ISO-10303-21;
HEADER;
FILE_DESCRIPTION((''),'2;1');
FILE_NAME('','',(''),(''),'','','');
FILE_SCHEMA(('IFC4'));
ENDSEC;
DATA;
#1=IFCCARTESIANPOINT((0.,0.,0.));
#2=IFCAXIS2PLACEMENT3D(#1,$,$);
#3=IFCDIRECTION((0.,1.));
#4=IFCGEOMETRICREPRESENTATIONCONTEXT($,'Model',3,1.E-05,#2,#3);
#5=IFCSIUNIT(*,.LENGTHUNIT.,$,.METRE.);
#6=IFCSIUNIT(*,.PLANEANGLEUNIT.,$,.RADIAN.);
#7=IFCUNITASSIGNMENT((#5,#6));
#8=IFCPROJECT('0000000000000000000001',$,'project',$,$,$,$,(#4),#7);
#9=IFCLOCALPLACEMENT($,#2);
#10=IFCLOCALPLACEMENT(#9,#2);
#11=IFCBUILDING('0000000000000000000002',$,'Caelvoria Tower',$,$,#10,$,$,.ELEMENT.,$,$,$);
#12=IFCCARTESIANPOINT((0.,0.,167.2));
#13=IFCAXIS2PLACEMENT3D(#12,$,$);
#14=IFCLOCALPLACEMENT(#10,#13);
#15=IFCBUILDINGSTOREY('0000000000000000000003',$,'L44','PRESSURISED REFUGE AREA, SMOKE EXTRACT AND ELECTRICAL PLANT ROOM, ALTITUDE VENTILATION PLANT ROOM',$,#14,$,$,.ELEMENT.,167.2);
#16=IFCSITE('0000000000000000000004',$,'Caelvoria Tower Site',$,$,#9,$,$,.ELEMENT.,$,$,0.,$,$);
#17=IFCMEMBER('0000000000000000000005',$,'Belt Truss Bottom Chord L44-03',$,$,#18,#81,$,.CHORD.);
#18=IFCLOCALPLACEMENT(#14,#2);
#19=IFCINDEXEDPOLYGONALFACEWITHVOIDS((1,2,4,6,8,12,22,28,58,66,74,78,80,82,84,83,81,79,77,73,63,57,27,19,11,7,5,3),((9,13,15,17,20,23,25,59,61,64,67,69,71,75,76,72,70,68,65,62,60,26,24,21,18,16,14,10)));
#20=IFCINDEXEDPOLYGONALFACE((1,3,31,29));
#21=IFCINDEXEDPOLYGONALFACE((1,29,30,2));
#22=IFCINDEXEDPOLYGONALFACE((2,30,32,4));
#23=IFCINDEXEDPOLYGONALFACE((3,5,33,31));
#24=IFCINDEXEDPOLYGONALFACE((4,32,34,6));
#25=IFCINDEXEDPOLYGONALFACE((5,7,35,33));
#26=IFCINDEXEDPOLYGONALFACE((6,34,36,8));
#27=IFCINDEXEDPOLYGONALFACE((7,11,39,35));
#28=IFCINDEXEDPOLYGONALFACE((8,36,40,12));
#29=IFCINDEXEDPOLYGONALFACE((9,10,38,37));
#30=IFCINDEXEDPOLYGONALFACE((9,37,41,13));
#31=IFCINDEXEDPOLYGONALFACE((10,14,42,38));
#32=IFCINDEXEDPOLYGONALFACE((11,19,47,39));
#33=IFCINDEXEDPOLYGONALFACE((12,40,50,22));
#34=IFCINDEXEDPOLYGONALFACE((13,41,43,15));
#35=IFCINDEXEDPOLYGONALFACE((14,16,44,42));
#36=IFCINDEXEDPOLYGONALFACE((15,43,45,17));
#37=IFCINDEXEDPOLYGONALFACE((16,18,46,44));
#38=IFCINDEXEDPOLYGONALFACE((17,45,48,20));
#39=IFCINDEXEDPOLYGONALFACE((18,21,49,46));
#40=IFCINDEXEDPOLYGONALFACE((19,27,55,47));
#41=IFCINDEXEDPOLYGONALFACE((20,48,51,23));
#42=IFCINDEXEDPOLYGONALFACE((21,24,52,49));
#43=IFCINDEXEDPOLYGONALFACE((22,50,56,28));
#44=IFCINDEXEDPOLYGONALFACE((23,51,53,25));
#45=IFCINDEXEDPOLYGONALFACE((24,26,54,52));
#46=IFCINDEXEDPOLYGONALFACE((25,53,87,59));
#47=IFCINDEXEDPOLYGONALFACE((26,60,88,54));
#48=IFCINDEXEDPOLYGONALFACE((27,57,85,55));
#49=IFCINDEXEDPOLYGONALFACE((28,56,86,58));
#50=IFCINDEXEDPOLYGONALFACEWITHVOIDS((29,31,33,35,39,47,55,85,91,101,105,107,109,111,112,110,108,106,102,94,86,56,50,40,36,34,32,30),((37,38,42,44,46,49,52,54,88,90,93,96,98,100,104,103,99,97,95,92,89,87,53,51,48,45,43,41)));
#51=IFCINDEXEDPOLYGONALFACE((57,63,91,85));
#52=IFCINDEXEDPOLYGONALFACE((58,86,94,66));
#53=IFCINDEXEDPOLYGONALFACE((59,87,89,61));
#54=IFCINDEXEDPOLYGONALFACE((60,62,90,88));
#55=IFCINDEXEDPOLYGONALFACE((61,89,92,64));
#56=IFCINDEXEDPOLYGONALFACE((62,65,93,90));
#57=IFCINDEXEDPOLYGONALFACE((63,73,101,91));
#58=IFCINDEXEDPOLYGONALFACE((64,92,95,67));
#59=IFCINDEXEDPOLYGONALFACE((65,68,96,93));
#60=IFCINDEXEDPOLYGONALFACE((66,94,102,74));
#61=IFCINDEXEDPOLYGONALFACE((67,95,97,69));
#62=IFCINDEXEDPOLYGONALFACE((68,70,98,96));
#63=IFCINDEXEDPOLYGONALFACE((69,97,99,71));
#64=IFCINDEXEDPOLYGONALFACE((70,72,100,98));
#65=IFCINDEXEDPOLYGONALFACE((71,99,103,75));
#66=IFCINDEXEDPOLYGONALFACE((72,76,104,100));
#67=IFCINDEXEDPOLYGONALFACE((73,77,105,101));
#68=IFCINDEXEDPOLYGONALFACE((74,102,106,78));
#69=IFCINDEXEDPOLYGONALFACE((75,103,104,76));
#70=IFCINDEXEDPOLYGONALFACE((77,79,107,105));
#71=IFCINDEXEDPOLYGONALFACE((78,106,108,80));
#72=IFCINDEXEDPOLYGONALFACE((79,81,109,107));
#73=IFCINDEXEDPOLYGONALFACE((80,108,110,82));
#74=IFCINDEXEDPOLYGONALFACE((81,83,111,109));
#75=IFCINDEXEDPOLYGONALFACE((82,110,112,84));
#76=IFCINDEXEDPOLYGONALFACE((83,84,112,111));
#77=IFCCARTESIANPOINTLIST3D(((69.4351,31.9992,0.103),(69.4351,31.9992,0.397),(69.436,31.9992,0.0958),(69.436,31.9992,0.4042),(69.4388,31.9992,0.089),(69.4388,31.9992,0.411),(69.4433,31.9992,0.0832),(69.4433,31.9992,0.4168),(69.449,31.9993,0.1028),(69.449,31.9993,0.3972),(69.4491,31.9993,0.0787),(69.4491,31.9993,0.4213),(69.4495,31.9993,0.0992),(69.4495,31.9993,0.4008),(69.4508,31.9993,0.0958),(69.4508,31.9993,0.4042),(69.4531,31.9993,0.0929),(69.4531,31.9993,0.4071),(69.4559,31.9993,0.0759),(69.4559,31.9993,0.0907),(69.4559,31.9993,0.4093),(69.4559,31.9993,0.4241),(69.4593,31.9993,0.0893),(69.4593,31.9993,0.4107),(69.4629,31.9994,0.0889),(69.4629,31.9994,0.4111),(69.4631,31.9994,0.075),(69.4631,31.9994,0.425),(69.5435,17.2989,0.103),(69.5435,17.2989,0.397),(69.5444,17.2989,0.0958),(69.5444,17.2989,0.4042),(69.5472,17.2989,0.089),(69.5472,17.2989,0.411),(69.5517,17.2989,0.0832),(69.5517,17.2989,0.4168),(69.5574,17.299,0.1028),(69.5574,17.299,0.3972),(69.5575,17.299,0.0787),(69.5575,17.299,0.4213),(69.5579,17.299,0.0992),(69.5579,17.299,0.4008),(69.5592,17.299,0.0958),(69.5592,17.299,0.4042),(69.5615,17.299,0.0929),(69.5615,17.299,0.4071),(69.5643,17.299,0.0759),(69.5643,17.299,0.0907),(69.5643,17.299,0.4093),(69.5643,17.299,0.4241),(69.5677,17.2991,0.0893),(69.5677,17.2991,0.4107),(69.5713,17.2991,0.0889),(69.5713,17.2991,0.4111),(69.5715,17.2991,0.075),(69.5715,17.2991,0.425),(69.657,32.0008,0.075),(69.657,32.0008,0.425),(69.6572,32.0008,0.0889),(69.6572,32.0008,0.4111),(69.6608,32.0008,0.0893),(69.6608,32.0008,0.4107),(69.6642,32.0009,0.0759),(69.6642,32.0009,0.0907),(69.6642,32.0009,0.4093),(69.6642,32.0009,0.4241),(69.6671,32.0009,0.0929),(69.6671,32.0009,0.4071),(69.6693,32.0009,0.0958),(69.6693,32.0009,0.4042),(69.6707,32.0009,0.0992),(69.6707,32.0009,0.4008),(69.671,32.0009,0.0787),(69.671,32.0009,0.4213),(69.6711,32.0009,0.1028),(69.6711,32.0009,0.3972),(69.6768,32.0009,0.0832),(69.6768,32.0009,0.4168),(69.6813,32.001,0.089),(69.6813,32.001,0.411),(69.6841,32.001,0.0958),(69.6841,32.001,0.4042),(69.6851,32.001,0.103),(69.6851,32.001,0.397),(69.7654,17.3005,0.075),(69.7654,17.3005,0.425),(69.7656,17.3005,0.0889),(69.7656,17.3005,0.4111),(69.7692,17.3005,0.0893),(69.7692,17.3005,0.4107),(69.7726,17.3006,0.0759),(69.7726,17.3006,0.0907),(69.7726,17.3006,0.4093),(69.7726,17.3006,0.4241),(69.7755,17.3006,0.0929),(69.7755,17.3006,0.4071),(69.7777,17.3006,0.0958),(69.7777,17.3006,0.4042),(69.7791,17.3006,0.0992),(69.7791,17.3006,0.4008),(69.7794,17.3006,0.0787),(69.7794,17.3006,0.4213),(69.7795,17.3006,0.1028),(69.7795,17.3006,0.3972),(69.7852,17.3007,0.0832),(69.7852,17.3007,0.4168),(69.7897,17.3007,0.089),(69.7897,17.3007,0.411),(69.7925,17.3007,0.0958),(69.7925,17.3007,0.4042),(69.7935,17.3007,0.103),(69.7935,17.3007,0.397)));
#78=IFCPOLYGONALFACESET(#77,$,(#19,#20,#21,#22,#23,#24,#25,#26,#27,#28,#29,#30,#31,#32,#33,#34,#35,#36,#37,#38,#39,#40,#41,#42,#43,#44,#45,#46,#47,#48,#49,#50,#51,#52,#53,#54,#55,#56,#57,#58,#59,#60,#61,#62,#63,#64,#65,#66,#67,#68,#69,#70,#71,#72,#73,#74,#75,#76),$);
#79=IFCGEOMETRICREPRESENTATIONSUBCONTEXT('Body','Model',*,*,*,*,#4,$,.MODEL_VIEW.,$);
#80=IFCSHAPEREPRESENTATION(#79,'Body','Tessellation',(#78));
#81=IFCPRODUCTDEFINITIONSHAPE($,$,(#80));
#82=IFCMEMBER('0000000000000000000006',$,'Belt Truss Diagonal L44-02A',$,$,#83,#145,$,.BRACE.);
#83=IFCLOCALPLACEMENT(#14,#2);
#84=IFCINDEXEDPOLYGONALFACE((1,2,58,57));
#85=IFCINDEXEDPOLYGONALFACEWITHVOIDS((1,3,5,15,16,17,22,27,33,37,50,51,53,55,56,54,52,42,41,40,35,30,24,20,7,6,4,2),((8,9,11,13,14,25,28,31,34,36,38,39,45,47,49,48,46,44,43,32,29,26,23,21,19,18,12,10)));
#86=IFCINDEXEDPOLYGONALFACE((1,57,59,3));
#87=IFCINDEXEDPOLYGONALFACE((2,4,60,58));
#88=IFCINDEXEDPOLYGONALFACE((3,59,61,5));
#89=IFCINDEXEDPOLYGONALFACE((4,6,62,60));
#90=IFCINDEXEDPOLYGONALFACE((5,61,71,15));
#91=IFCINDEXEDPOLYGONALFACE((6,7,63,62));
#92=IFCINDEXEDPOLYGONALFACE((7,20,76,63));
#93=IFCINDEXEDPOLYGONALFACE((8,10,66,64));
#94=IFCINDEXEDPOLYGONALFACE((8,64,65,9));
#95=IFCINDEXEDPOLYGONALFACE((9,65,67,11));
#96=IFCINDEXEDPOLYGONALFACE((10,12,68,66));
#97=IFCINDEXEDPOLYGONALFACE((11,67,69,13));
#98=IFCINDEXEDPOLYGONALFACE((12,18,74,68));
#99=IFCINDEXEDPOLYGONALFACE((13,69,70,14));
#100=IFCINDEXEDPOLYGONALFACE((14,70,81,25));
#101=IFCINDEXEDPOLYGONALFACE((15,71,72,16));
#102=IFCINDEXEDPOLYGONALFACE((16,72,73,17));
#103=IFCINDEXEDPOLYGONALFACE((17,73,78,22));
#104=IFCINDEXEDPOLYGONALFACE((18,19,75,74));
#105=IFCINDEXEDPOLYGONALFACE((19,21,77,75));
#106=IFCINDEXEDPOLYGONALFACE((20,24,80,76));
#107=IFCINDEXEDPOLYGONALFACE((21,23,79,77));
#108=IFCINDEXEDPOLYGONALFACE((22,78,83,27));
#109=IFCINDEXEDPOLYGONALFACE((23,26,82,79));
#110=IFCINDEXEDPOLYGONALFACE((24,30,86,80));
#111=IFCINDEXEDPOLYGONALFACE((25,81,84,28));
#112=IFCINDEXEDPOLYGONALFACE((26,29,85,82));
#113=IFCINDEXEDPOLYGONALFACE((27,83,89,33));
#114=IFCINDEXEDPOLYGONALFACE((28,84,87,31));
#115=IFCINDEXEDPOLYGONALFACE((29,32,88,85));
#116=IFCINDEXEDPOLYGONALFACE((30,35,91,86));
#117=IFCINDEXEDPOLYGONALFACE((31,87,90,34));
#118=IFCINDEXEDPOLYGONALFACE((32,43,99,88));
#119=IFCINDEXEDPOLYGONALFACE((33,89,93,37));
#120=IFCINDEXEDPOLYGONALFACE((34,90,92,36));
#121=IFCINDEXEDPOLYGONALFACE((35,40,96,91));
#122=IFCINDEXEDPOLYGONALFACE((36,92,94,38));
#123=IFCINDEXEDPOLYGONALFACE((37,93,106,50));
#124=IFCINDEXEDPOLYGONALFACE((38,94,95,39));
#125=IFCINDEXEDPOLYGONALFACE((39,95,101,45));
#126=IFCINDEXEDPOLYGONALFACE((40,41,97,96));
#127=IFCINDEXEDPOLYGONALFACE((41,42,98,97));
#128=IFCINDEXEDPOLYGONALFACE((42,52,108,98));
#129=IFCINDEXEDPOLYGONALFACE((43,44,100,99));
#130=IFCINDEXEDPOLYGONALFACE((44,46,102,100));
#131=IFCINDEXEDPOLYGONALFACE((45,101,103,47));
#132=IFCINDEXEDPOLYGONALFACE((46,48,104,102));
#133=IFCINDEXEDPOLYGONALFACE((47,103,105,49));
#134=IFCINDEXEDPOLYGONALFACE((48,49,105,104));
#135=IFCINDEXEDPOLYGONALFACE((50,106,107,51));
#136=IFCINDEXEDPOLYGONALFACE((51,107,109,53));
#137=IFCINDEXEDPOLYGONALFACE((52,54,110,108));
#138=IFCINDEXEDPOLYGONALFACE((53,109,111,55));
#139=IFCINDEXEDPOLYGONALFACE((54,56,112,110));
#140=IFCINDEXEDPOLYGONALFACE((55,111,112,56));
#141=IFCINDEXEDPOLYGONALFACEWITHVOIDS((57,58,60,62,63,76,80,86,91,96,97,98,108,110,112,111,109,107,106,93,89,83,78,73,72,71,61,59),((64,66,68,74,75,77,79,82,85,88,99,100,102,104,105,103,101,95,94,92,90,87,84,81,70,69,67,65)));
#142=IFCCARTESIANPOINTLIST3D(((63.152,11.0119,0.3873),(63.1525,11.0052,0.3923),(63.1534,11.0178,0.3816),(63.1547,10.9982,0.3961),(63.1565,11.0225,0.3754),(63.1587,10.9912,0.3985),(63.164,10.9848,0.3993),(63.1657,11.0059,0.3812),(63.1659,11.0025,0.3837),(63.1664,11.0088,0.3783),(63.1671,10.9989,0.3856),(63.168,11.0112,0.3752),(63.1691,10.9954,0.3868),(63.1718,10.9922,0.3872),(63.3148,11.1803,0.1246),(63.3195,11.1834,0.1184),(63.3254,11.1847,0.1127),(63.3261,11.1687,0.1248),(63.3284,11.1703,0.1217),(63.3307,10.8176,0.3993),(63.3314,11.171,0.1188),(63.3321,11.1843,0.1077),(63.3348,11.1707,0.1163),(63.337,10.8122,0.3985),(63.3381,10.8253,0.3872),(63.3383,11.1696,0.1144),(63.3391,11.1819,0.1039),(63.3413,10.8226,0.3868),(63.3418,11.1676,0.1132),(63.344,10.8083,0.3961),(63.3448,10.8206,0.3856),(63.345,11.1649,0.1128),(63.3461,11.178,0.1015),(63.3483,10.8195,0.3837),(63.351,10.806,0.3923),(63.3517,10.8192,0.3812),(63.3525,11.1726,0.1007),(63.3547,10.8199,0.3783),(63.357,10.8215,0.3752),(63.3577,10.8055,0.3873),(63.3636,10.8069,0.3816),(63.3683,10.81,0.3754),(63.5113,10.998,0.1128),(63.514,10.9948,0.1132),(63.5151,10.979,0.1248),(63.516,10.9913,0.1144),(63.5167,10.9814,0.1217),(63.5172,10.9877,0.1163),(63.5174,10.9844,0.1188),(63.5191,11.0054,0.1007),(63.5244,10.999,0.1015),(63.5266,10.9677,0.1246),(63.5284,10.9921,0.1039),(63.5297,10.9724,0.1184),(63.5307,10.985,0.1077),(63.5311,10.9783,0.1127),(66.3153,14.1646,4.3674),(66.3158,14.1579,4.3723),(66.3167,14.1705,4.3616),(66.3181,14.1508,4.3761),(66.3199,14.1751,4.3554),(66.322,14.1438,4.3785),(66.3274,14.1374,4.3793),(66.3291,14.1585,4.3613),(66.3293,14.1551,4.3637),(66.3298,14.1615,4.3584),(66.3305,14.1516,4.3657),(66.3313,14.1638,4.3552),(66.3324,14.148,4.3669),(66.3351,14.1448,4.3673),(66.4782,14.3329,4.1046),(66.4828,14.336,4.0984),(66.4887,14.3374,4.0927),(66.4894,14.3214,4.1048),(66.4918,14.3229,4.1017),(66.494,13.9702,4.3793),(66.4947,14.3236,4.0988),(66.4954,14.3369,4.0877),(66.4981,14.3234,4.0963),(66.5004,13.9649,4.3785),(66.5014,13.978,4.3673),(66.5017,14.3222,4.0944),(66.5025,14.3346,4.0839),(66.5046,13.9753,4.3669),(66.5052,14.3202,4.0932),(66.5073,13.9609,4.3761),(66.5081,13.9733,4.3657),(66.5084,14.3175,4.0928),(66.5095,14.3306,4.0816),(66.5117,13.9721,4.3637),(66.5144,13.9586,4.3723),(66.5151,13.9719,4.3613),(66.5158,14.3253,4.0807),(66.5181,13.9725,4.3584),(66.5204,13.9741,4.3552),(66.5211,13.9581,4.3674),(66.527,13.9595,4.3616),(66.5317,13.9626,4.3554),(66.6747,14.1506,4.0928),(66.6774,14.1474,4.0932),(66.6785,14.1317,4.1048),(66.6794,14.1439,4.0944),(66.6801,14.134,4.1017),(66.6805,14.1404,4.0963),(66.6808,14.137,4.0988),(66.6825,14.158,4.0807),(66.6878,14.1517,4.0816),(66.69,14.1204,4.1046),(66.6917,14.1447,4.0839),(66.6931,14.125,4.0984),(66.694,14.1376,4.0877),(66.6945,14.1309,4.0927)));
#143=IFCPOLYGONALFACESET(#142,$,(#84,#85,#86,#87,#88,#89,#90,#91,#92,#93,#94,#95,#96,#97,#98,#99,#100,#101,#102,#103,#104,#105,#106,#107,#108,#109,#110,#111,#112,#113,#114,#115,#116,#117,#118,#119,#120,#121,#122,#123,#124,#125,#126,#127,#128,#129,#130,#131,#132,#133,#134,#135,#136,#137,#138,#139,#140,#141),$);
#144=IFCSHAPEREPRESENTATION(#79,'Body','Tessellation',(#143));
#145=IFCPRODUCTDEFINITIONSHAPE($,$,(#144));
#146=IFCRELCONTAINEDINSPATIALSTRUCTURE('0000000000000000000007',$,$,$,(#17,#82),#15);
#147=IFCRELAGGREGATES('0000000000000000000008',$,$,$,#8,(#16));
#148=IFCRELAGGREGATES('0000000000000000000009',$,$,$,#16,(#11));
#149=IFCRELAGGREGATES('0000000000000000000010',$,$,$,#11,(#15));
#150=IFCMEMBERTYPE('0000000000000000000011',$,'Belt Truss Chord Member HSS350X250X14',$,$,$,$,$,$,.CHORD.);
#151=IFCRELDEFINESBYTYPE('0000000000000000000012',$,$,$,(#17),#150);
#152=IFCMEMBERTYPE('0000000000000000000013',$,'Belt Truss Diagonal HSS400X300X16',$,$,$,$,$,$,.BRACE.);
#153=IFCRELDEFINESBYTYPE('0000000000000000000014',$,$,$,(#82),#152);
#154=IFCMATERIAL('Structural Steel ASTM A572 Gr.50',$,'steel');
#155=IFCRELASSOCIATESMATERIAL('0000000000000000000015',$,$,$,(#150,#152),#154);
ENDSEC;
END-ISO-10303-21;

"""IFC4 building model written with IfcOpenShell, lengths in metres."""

from ifc_helpers import new_model, si_unit, direction, frame, origin, origin_2d, place, context, subcontext, project, spatial, hollow_rectangle, extrude, material, material_profile, profile_set, type_object, element, save


model = new_model("IFC4")

# Units and contexts
model_context = context("Model", 3, precision=1e-05, world=origin(), true_north=direction((0.0, 1.0)))
body_context = subcontext(model_context, "Body", "Model", "MODEL_VIEW")
ifc_project = project(units=[si_unit("LENGTHUNIT", "METRE"), si_unit("PLANEANGLEUNIT", "RADIAN")], contexts=[model_context])

# Site, building, storey
site_placement = place(None, origin())
site = spatial("IfcSite", under=ifc_project, at=site_placement, Name="Caelvoria Tower Site", CompositionType="ELEMENT", RefElevation=0.0)
building_placement = place(site_placement, origin())
building = spatial("IfcBuilding", under=site, at=building_placement, Name="Caelvoria Tower", CompositionType="ELEMENT")
storey_placement = place(building_placement, frame((0.0, 0.0, 167.2)))
storey = spatial("IfcBuildingStorey", under=building, at=storey_placement, Name="L44", Description="PRESSURISED REFUGE AREA, SMOKE EXTRACT AND ELECTRICAL PLANT ROOM, ALTITUDE VENTILATION PLANT ROOM", CompositionType="ELEMENT", Elevation=167.2)

# Shared definitions
ifc_material_1 = material(Name="Structural Steel ASTM A572 Gr.50", Category="steel")

# Members
ifc_material_profile_1 = material_profile(ifc_material_1, hollow_rectangle(XDim=0.25, YDim=0.3501, WallThickness=0.0139, InnerFilletRadius=0.0139, OuterFilletRadius=0.0281, at=origin_2d()), Name="Structural Steel ASTM A572 Gr.50")
ifc_profile_set_1 = profile_set([ifc_material_profile_1], Name="HSS350X250X14 - Structural Steel ASTM A572 Gr.50")
member_type_1 = type_object("IfcMemberType", Name="Belt Truss Chord Member HSS350X250X14", PredefinedType="CHORD", material=ifc_profile_set_1)
member_1_placement = place(storey_placement, frame((69.6685, 17.2998, 0.25), z_axis=(-0.007374, 0.999973, 0.0), x_axis=(-0.999973, -0.007374, 0.0)))
element("IfcMember", 1, at=member_1_placement, inside=storey, type_object=member_type_1, Name="Belt Truss Bottom Chord L44-03", PredefinedType="CHORD", context=body_context, shape_type="SweptSolid", body=[
    extrude(hollow_rectangle(XDim=0.25, YDim=0.3501, WallThickness=0.0139, InnerFilletRadius=0.0139, OuterFilletRadius=0.0281, at=origin_2d()), origin(), (0.0, 0.0, 1.0), 14.7007),
])
ifc_material_profile_2 = material_profile(ifc_material_1, hollow_rectangle(XDim=0.3, YDim=0.3999, WallThickness=0.0161, InnerFilletRadius=0.0161, OuterFilletRadius=0.032, at=origin_2d()), Name="Structural Steel ASTM A572 Gr.50")
ifc_profile_set_2 = profile_set([ifc_material_profile_2], Name="HSS400X300X16 - Structural Steel ASTM A572 Gr.50")
member_type_2 = type_object("IfcMemberType", Name="Belt Truss Diagonal HSS400X300X16", PredefinedType="BRACE", material=ifc_profile_set_2)
member_2_placement = place(storey_placement, frame((63.3416, 10.9951, 0.25), z_axis=(0.528798, 0.527002, 0.665313), x_axis=(-0.705903, 0.708308, 0.0)))
element("IfcMember", 2, at=member_2_placement, inside=storey, type_object=member_type_2, Name="Belt Truss Diagonal L44-02A", PredefinedType="BRACE", context=body_context, shape_type="SweptSolid", body=[
    extrude(hollow_rectangle(XDim=0.3, YDim=0.3999, WallThickness=0.0161, InnerFilletRadius=0.0161, OuterFilletRadius=0.032, at=origin_2d()), origin(), (0.0, 0.0, 1.0), 5.9822),
])

save(model, "model.ifc")
